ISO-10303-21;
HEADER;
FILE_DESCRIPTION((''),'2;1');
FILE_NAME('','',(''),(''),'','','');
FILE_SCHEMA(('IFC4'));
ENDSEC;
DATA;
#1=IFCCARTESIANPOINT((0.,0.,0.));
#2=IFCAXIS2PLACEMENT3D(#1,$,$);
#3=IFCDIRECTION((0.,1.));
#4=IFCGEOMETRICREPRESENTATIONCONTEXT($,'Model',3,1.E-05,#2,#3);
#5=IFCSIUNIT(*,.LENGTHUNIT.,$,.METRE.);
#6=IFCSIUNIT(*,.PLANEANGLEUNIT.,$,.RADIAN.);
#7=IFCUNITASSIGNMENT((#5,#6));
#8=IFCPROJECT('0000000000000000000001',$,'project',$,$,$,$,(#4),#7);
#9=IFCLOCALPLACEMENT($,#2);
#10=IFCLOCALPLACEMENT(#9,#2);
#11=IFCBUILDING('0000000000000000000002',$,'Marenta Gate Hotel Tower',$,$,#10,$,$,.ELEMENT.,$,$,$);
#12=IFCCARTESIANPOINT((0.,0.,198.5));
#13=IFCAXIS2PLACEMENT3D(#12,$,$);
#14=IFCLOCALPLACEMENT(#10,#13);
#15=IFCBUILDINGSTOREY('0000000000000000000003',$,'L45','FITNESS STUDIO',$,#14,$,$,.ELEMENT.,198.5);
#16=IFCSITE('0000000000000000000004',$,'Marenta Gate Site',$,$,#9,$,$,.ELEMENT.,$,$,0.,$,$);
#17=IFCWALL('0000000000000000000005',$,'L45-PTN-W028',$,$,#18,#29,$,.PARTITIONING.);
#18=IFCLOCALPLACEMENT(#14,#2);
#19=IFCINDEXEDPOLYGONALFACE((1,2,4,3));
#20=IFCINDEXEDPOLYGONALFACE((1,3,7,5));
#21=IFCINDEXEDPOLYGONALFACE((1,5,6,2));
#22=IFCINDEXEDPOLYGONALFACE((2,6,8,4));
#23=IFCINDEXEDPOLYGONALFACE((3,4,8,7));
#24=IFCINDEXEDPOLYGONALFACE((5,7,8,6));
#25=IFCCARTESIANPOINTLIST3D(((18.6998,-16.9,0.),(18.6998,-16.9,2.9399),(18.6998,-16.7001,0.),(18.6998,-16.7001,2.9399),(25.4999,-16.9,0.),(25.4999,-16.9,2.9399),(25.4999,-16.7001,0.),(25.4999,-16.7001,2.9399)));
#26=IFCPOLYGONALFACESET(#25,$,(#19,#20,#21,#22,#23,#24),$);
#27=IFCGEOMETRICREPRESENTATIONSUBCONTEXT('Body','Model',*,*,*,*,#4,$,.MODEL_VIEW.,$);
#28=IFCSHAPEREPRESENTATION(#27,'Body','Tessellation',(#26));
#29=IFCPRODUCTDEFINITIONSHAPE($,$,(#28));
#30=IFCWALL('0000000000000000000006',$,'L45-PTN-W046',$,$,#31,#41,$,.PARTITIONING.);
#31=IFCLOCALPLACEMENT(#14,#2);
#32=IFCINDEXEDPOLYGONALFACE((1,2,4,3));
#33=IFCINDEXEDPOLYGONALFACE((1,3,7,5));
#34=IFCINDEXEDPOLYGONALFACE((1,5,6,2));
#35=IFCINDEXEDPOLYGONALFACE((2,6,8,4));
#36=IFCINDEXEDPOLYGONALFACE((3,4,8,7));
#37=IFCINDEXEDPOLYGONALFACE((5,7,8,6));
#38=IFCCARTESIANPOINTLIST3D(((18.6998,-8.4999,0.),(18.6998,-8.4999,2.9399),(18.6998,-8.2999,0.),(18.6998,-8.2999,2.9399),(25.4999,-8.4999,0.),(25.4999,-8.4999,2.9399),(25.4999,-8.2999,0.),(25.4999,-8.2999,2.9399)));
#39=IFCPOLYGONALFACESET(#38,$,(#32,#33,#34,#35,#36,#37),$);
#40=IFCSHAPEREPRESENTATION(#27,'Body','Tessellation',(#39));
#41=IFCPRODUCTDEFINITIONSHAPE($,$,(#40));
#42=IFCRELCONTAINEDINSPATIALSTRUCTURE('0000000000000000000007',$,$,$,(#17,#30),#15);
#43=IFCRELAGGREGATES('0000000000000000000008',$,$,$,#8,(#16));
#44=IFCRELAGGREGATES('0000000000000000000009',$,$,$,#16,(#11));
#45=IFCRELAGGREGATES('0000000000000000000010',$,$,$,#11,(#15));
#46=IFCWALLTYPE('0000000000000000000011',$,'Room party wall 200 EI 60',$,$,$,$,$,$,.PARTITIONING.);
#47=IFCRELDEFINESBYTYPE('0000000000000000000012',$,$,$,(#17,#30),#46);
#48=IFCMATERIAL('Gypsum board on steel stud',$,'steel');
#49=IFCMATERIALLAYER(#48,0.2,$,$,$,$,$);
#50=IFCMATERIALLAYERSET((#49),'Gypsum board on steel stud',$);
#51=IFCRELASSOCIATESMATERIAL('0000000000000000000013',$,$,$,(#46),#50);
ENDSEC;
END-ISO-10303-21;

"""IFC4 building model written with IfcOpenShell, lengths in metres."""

from ifc_helpers import new_model, si_unit, direction, frame, frame_2d, origin, place, context, subcontext, project, spatial, rectangle, extrude, material, layer, layer_set, type_object, element, save


model = new_model("IFC4")

# Units and contexts
model_context = context("Model", 3, precision=1e-05, world=origin(), true_north=direction((0.0, 1.0)))
body_context = subcontext(model_context, "Body", "Model", "MODEL_VIEW")
ifc_project = project(units=[si_unit("LENGTHUNIT", "METRE"), si_unit("PLANEANGLEUNIT", "RADIAN")], contexts=[model_context])

# Site, building, storey
site_placement = place(None, origin())
site = spatial("IfcSite", under=ifc_project, at=site_placement, Name="Marenta Gate Site", CompositionType="ELEMENT", RefElevation=0.0)
building_placement = place(site_placement, origin())
building = spatial("IfcBuilding", under=site, at=building_placement, Name="Marenta Gate Hotel Tower", CompositionType="ELEMENT")
storey_placement = place(building_placement, frame((0.0, 0.0, 198.5)))
storey = spatial("IfcBuildingStorey", under=building, at=storey_placement, Name="L45", Description="FITNESS STUDIO", CompositionType="ELEMENT", Elevation=198.5)

# Walls
ifc_material_1 = material(Name="Gypsum board on steel stud", Category="steel")
ifc_layer_1 = layer(ifc_material_1, 0.2)
ifc_layer_set_1 = layer_set([ifc_layer_1], Name="Gypsum board on steel stud")
wall_type_1 = type_object("IfcWallType", Name="Room party wall 200 EI 60", PredefinedType="PARTITIONING", material=ifc_layer_set_1)
for number, where, z_axis, x_axis, name in (
    (1, (18.7, -16.8, 0.0), (0.0, 0.0, 1.0), (1.0, 0.0, 0.0), "L45-PTN-W028"),
    (2, (18.7, -8.3999, 0.0), (0.0, 0.0, 1.0), (1.0, 0.0, 0.0), "L45-PTN-W046"),
):
    element("IfcWall", number, at=place(storey_placement, frame(where, z_axis=z_axis, x_axis=x_axis)), inside=storey, type_object=wall_type_1, Name=name, PredefinedType="PARTITIONING", context=body_context, shape_type="SweptSolid", body=[
        extrude(rectangle(XDim=6.8, YDim=0.2, at=frame_2d((3.3999, 0.0))), origin(), (0.0, 0.0, 1.0), 2.9399),
    ])

save(model, "model.ifc")
